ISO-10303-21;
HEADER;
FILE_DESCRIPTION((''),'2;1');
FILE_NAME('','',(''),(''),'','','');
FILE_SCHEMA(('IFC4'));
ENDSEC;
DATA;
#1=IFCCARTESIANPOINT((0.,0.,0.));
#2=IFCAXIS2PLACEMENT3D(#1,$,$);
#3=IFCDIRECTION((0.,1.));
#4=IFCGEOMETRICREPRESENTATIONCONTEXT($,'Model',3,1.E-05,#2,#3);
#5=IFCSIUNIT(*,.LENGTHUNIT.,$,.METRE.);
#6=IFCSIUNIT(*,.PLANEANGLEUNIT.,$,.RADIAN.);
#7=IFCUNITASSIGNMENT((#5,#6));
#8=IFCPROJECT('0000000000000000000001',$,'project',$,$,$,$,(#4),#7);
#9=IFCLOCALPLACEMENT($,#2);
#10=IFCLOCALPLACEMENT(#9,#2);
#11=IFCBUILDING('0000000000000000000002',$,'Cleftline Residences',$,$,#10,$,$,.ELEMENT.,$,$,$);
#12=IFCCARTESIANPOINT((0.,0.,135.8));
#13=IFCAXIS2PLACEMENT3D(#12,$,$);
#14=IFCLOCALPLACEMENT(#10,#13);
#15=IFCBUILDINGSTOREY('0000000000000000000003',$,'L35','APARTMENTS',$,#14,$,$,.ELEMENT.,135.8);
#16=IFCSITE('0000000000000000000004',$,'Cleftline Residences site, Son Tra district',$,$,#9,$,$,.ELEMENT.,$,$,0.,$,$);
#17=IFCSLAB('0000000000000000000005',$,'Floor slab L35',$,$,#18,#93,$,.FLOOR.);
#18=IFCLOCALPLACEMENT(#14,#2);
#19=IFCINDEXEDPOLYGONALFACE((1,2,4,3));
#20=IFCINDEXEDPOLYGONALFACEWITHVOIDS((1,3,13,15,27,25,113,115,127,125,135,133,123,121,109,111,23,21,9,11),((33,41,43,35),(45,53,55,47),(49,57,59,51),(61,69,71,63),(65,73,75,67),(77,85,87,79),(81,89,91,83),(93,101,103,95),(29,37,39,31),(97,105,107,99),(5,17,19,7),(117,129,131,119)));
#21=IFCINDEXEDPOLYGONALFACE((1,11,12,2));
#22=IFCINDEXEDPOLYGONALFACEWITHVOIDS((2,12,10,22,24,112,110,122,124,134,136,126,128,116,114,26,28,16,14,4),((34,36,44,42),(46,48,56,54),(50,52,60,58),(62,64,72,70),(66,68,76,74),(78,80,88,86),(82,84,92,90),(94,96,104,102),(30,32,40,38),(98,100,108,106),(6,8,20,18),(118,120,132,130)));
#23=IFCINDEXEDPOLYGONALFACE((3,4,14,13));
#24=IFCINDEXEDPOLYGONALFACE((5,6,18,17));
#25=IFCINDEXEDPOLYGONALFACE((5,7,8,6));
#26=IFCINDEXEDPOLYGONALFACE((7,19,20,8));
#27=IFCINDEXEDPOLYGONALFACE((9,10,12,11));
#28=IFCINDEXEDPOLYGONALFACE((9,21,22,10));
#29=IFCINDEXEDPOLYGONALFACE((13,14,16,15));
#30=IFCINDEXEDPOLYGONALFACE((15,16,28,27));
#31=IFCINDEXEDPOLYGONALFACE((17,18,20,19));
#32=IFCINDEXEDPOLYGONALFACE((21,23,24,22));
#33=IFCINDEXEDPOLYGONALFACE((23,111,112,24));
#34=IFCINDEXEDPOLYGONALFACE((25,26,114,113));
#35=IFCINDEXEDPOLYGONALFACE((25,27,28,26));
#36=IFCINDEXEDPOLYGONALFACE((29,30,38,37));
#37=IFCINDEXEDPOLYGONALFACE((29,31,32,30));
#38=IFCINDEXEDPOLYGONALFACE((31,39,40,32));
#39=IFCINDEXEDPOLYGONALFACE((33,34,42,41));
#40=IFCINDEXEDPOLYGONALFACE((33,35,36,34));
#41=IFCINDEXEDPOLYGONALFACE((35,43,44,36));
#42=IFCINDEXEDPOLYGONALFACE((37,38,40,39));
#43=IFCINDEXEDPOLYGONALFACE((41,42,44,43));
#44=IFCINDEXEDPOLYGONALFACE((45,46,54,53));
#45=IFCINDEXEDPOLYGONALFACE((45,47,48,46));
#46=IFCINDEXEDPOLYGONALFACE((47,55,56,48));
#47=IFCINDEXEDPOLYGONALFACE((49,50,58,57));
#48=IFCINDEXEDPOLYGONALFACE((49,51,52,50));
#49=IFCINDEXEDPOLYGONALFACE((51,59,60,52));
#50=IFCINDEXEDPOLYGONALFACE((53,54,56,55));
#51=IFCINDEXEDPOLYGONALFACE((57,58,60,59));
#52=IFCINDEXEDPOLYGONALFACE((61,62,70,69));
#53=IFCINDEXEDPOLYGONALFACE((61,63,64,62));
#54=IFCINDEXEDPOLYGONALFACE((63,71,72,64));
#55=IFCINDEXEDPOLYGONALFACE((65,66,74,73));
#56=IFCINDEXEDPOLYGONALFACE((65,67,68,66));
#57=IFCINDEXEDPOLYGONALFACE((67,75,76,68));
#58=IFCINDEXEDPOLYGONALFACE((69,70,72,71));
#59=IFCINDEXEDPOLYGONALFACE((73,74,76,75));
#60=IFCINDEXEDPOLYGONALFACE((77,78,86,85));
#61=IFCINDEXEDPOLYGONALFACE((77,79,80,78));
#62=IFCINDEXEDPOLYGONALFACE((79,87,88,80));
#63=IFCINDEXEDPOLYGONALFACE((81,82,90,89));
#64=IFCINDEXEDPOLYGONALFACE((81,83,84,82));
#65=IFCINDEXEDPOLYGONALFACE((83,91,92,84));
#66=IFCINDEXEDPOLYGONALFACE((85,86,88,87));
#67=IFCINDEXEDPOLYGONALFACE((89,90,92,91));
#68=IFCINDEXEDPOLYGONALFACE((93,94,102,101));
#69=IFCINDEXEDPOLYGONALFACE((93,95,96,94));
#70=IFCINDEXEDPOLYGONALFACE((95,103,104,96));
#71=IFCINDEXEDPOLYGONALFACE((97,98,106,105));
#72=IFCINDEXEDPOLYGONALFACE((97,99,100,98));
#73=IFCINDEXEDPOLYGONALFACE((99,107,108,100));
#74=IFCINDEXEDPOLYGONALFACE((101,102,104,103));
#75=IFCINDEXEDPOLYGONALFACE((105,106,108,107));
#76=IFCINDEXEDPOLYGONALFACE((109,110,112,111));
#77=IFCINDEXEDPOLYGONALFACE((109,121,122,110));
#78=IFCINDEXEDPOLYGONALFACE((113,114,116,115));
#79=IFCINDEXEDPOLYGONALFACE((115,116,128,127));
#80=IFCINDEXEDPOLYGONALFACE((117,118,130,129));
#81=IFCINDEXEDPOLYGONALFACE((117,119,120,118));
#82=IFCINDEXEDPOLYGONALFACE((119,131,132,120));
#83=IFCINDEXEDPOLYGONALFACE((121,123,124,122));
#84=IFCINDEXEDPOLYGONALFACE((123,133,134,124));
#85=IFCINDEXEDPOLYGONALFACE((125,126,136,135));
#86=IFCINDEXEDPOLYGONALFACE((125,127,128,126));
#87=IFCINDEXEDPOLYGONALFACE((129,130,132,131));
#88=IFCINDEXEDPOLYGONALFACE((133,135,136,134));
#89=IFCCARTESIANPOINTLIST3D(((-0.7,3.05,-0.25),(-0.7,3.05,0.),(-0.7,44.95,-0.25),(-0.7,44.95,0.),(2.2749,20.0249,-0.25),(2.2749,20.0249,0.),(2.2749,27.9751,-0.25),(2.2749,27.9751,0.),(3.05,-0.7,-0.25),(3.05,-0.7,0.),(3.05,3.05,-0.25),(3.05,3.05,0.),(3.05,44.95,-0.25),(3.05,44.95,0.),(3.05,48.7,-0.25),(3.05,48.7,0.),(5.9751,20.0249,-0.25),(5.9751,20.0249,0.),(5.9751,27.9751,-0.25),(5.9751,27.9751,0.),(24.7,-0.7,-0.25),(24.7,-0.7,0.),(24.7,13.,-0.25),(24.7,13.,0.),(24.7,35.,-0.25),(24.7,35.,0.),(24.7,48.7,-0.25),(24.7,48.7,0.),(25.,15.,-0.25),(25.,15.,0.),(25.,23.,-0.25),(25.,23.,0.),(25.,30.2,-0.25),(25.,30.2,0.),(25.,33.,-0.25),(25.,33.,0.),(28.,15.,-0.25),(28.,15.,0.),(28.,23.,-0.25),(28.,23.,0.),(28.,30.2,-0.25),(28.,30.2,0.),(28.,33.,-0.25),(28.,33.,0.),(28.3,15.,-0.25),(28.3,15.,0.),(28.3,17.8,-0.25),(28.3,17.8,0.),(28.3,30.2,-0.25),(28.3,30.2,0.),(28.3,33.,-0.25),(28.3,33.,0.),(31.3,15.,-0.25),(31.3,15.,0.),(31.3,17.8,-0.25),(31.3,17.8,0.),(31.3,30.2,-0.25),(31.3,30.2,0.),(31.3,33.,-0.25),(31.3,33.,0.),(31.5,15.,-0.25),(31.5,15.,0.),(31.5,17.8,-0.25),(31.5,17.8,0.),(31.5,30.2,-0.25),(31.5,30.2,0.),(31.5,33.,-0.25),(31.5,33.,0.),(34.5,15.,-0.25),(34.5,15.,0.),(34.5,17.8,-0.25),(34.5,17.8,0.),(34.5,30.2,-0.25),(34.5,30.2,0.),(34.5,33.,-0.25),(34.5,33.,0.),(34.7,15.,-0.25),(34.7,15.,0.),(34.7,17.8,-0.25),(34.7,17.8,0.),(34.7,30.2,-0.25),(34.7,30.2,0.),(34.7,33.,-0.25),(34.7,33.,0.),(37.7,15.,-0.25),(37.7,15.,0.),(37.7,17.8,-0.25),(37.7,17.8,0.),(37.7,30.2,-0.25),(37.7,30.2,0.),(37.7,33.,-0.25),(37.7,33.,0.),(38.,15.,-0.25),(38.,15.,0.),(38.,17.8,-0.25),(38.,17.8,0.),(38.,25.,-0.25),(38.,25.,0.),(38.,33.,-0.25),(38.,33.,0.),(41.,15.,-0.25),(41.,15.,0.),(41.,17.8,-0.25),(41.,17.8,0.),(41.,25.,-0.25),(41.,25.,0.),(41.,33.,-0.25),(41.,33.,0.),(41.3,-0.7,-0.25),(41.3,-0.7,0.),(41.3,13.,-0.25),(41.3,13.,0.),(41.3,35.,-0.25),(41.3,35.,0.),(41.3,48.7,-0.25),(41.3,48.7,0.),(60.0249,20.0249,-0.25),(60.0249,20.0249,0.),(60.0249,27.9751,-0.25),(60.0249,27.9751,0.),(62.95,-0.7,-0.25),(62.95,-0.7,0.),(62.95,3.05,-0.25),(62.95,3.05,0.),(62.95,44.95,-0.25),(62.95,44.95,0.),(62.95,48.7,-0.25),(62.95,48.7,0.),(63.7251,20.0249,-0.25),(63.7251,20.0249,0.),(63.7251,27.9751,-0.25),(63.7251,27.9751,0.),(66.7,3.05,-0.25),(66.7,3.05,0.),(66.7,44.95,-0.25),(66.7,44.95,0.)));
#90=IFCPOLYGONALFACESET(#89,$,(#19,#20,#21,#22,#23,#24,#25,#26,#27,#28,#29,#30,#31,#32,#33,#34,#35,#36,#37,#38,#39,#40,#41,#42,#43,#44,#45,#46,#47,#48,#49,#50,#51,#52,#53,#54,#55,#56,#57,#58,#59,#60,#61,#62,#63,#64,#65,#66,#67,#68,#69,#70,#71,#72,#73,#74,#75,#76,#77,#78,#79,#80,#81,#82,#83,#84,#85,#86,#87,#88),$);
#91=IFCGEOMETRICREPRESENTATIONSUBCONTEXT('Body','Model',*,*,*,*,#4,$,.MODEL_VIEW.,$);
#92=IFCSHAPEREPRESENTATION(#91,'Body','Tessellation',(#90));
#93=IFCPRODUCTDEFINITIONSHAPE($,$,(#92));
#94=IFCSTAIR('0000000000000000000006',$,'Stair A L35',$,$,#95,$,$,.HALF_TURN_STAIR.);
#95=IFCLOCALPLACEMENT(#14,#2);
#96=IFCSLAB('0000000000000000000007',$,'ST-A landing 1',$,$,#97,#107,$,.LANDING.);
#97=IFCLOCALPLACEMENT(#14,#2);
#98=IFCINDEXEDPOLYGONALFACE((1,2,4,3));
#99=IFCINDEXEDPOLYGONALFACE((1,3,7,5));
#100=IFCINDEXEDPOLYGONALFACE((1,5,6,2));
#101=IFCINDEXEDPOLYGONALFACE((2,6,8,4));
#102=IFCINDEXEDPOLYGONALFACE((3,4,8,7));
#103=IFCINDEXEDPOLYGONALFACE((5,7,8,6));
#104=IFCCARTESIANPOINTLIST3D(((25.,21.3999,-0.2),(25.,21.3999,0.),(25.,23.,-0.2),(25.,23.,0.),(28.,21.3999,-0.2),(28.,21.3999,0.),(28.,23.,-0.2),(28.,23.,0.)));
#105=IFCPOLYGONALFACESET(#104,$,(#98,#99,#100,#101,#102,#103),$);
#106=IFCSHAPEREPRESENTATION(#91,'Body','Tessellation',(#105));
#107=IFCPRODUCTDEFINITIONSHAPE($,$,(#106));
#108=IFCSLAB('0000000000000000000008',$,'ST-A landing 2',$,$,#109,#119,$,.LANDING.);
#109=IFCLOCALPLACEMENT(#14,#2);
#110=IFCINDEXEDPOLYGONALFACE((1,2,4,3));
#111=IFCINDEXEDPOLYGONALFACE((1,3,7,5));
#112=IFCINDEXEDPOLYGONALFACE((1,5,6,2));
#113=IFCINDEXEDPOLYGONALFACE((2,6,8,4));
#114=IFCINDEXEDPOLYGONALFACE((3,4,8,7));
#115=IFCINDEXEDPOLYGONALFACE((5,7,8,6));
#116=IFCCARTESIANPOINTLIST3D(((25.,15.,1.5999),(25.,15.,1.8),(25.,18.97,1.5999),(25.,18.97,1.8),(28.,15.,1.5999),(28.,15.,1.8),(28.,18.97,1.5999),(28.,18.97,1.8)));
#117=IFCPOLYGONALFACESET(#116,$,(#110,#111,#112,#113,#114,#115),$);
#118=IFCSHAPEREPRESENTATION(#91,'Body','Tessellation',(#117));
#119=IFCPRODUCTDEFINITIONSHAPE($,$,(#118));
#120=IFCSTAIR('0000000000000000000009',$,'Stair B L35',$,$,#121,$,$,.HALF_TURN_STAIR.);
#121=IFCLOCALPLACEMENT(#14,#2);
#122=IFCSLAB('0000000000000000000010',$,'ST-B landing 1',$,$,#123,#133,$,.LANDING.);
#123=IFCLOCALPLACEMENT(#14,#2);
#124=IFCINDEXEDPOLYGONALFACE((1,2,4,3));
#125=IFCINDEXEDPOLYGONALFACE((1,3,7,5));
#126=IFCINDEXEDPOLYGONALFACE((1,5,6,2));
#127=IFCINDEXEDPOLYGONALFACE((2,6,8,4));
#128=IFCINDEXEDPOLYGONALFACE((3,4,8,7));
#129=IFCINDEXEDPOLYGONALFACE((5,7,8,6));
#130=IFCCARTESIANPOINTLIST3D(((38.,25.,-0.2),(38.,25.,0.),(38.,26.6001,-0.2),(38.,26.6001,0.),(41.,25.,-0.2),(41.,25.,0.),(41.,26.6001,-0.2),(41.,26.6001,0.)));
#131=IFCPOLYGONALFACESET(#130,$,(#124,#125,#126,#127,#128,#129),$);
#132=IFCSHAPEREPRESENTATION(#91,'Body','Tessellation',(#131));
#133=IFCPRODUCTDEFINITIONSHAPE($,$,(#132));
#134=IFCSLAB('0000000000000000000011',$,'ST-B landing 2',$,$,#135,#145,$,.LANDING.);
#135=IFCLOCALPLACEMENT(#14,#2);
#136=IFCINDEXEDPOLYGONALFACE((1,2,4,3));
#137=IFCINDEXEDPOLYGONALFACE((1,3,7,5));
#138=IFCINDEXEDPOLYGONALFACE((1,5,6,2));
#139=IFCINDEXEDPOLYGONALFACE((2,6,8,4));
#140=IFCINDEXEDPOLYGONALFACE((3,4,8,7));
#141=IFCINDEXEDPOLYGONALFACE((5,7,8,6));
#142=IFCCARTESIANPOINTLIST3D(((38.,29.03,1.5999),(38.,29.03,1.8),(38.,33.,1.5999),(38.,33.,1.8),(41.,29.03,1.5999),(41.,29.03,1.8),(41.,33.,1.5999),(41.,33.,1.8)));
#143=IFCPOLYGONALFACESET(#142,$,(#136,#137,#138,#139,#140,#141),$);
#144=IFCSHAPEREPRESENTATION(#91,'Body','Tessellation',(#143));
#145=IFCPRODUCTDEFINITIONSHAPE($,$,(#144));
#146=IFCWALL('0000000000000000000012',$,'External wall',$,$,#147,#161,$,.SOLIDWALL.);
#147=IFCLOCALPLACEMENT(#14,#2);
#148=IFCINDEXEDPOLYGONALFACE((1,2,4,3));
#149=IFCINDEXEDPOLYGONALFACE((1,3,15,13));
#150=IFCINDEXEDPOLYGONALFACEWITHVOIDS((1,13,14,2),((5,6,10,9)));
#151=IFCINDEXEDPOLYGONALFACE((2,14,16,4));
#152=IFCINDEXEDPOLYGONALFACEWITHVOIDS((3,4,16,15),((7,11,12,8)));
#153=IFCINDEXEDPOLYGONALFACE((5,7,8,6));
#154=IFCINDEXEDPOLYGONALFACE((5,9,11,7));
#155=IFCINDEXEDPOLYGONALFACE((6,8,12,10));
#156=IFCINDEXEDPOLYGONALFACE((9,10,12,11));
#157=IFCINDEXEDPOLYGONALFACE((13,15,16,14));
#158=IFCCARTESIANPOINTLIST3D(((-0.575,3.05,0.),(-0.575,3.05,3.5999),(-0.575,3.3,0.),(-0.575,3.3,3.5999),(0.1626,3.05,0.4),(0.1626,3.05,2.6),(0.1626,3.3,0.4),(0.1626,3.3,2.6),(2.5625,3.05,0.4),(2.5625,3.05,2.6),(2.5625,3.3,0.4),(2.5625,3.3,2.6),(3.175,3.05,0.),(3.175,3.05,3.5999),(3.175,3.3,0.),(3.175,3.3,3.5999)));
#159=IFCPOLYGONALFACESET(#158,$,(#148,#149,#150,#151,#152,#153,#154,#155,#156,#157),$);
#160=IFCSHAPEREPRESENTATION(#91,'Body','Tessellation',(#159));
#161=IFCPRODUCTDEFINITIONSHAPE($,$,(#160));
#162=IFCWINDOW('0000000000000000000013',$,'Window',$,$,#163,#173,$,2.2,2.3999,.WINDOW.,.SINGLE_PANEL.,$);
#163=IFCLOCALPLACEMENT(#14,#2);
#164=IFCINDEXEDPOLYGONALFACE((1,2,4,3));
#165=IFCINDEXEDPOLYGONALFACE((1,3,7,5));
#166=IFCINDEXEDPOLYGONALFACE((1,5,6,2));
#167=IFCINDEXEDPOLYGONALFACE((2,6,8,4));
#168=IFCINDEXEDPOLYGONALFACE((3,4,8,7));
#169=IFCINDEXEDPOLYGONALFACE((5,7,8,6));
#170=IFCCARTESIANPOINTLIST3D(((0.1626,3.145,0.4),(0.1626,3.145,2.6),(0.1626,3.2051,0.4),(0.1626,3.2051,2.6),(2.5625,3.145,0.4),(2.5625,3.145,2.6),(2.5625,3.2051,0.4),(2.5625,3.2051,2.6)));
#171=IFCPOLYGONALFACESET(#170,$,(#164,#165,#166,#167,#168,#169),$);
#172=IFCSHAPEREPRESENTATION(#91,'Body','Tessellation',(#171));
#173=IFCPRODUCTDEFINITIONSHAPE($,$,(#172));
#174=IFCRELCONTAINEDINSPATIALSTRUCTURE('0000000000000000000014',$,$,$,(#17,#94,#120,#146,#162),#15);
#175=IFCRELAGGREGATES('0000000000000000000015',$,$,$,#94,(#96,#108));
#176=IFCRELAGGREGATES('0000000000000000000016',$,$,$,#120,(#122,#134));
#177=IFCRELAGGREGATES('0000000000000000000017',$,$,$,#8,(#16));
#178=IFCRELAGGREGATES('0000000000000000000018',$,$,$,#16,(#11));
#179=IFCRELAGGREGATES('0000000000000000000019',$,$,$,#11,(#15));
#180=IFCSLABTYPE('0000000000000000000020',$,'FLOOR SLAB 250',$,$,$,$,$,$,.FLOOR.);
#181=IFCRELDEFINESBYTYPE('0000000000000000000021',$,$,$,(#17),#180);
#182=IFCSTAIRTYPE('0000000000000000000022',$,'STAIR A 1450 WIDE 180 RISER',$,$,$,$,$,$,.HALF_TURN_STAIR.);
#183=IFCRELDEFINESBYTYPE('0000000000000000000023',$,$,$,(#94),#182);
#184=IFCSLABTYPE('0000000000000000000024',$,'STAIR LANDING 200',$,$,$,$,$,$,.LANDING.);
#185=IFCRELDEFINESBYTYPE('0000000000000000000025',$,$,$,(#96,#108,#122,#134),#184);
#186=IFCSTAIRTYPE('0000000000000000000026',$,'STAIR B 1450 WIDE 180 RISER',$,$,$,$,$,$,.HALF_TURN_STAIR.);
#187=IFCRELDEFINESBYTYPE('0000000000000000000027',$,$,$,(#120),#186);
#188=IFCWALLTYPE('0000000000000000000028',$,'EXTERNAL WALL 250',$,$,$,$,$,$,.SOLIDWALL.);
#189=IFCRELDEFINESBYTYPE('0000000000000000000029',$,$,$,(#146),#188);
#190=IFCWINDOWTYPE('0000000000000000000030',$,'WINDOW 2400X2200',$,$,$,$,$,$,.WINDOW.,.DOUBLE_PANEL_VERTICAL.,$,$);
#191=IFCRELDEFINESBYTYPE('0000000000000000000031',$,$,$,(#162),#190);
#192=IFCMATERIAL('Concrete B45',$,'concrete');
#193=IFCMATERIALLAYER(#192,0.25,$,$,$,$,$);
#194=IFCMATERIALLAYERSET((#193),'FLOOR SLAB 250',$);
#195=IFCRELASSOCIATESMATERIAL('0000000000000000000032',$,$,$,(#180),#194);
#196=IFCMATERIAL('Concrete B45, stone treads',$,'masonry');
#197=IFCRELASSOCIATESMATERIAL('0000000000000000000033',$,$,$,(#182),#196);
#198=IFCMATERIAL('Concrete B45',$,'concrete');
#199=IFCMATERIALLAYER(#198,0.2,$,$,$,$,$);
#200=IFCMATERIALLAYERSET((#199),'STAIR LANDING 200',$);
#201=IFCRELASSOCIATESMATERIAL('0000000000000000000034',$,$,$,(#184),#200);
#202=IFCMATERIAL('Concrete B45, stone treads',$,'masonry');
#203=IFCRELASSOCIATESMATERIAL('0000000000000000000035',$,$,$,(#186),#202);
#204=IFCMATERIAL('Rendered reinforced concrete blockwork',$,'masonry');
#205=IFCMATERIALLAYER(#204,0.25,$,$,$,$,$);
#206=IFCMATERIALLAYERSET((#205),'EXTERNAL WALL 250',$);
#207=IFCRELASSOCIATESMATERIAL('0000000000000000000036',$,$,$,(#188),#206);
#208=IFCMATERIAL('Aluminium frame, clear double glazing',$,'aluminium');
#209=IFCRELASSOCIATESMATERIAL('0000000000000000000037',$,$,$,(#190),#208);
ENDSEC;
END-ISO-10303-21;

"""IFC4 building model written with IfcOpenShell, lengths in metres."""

from ifc_helpers import new_model, si_unit, direction, frame, frame_2d, origin, place, context, subcontext, project, spatial, polyline, rectangle, outline, extrude, material, layer, layer_set, type_object, element, fill, aggregate, save


model = new_model("IFC4")

# Units and contexts
model_context = context("Model", 3, precision=1e-05, world=origin(), true_north=direction((0.0, 1.0)))
body_context = subcontext(model_context, "Body", "Model", "MODEL_VIEW")
ifc_project = project(units=[si_unit("LENGTHUNIT", "METRE"), si_unit("PLANEANGLEUNIT", "RADIAN")], contexts=[model_context])

# Site, building, storey
site_placement = place(None, origin())
site = spatial("IfcSite", under=ifc_project, at=site_placement, Name="Cleftline Residences site, Son Tra district", CompositionType="ELEMENT", RefElevation=0.0)
building_placement = place(site_placement, origin())
building = spatial("IfcBuilding", under=site, at=building_placement, Name="Cleftline Residences", CompositionType="ELEMENT")
storey_placement = place(building_placement, frame((0.0, 0.0, 135.8)))
storey = spatial("IfcBuildingStorey", under=building, at=storey_placement, Name="L35", Description="APARTMENTS", CompositionType="ELEMENT", Elevation=135.8)

# Slab
ifc_material_1 = material(Name="Concrete B45", Category="concrete")
ifc_layer_1 = layer(ifc_material_1, 0.25)
ifc_layer_set_1 = layer_set([ifc_layer_1], Name="FLOOR SLAB 250")
slab_type_1 = type_object("IfcSlabType", Name="FLOOR SLAB 250", PredefinedType="FLOOR", material=ifc_layer_set_1)
slab_1_placement = place(storey_placement, frame((0.0, 0.0, -0.25)))
element("IfcSlab", 1, at=slab_1_placement, inside=storey, type_object=slab_type_1, Name="Floor slab L35", PredefinedType="FLOOR", context=body_context, shape_type="SweptSolid", body=[
    extrude(outline(polyline([(24.7, 13.0), (41.3, 13.0), (41.3, -0.7), (62.95, -0.7), (62.95, 3.05), (66.7, 3.05), (66.7, 44.95), (62.95, 44.95), (62.95, 48.7), (41.3, 48.7), (41.3, 35.0), (24.7, 35.0), (24.7, 48.7), (3.05, 48.7), (3.05, 44.95), (-0.7, 44.95), (-0.7, 3.05), (3.05, 3.05), (3.05, -0.7), (24.7, -0.7), (24.7, 13.0)]), holes=[polyline([(28.0, 15.0), (28.0, 23.0), (25.0, 23.0), (25.0, 15.0), (28.0, 15.0)]), polyline([(41.0, 25.0), (41.0, 33.0), (38.0, 33.0), (38.0, 25.0), (41.0, 25.0)]), polyline([(28.0, 30.2), (28.0, 33.0), (25.0, 33.0), (25.0, 30.2), (28.0, 30.2)]), polyline([(41.0, 15.0), (41.0, 17.8), (38.0, 17.8), (38.0, 15.0), (41.0, 15.0)]), polyline([(31.3, 15.0), (31.3, 17.8), (28.3, 17.8), (28.3, 15.0), (31.3, 15.0)]), polyline([(34.5, 15.0), (34.5, 17.8), (31.5, 17.8), (31.5, 15.0), (34.5, 15.0)]), polyline([(37.7, 15.0), (37.7, 17.8), (34.7, 17.8), (34.7, 15.0), (37.7, 15.0)]), polyline([(31.3, 30.2), (31.3, 33.0), (28.3, 33.0), (28.3, 30.2), (31.3, 30.2)]), polyline([(34.5, 30.2), (34.5, 33.0), (31.5, 33.0), (31.5, 30.2), (34.5, 30.2)]), polyline([(37.7, 30.2), (37.7, 33.0), (34.7, 33.0), (34.7, 30.2), (37.7, 30.2)]), polyline([(63.7251, 20.0249), (63.7251, 27.9751), (60.0249, 27.9751), (60.0249, 20.0249), (63.7251, 20.0249)]), polyline([(5.9751, 20.0249), (5.9751, 27.9751), (2.2749, 27.9751), (2.2749, 20.0249), (5.9751, 20.0249)])]), origin(), (0.0, 0.0, 1.0), 0.25),
])

# Stairs, slabs
ifc_material_2 = material(Name="Concrete B45, stone treads", Category="masonry")
stair_type_1 = type_object("IfcStairType", Name="STAIR A 1450 WIDE 180 RISER", PredefinedType="HALF_TURN_STAIR", material=ifc_material_2)
stair_1_placement = place(storey_placement, origin())
stair_1 = element("IfcStair", 2, at=stair_1_placement, inside=storey, type_object=stair_type_1, Name="Stair A L35", PredefinedType="HALF_TURN_STAIR")
ifc_material_3 = material(Name="Concrete B45", Category="concrete")
ifc_layer_2 = layer(ifc_material_3, 0.2)
ifc_layer_set_2 = layer_set([ifc_layer_2], Name="STAIR LANDING 200")
slab_type_2 = type_object("IfcSlabType", Name="STAIR LANDING 200", PredefinedType="LANDING", material=ifc_layer_set_2)
slab_2_placement = place(storey_placement, frame((0.0, 0.0, -0.2)))
slab_2 = element("IfcSlab", 3, at=slab_2_placement, type_object=slab_type_2, Name="ST-A landing 1", PredefinedType="LANDING", context=body_context, shape_type="SweptSolid", body=[
    extrude(outline(polyline([(25.0, 21.3999), (28.0, 21.3999), (28.0, 23.0), (25.0, 23.0), (25.0, 21.3999)])), origin(), (0.0, 0.0, 1.0), 0.2),
])
slab_3_placement = place(storey_placement, frame((0.0, 0.0, 1.5999)))
slab_3 = element("IfcSlab", 4, at=slab_3_placement, type_object=slab_type_2, Name="ST-A landing 2", PredefinedType="LANDING", context=body_context, shape_type="SweptSolid", body=[
    extrude(outline(polyline([(25.0, 15.0), (28.0, 15.0), (28.0, 18.97), (25.0, 18.97), (25.0, 15.0)])), origin(), (0.0, 0.0, 1.0), 0.2002),
])
aggregate(stair_1, [slab_2, slab_3])
ifc_material_4 = material(Name="Concrete B45, stone treads", Category="masonry")
stair_type_2 = type_object("IfcStairType", Name="STAIR B 1450 WIDE 180 RISER", PredefinedType="HALF_TURN_STAIR", material=ifc_material_4)
stair_2_placement = place(storey_placement, origin())
stair_2 = element("IfcStair", 5, at=stair_2_placement, inside=storey, type_object=stair_type_2, Name="Stair B L35", PredefinedType="HALF_TURN_STAIR")
slab_4_placement = place(storey_placement, frame((0.0, 0.0, -0.2)))
slab_4 = element("IfcSlab", 6, at=slab_4_placement, type_object=slab_type_2, Name="ST-B landing 1", PredefinedType="LANDING", context=body_context, shape_type="SweptSolid", body=[
    extrude(outline(polyline([(38.0, 25.0), (41.0, 25.0), (41.0, 26.6001), (38.0, 26.6001), (38.0, 25.0)])), origin(), (0.0, 0.0, 1.0), 0.2),
])
slab_5_placement = place(storey_placement, frame((0.0, 0.0, 1.5999)))
slab_5 = element("IfcSlab", 7, at=slab_5_placement, type_object=slab_type_2, Name="ST-B landing 2", PredefinedType="LANDING", context=body_context, shape_type="SweptSolid", body=[
    extrude(outline(polyline([(38.0, 29.03), (41.0, 29.03), (41.0, 33.0), (38.0, 33.0), (38.0, 29.03)])), origin(), (0.0, 0.0, 1.0), 0.2002),
])
aggregate(stair_2, [slab_4, slab_5])

# Wall, opening, window
ifc_material_5 = material(Name="Rendered reinforced concrete blockwork", Category="masonry")
ifc_layer_3 = layer(ifc_material_5, 0.25)
ifc_layer_set_3 = layer_set([ifc_layer_3], Name="EXTERNAL WALL 250")
wall_type = type_object("IfcWallType", Name="EXTERNAL WALL 250", PredefinedType="SOLIDWALL", material=ifc_layer_set_3)
wall_placement = place(storey_placement, frame((-0.575, 3.175, 0.0), z_axis=(0.0, 0.0, 1.0), x_axis=(1.0, 0.0, 0.0)))
wall = element("IfcWall", 8, at=wall_placement, inside=storey, type_object=wall_type, Name="External wall", PredefinedType="SOLIDWALL", context=body_context, shape_type="SweptSolid", body=[
    extrude(rectangle(XDim=3.75, YDim=0.25, at=frame_2d((1.875, 0.0))), origin(), (0.0, 0.0, 1.0), 3.5999),
])
opening_placement = place(wall_placement, frame((0.7375, 0.0, 0.3999)))
opening = element("IfcOpeningElement", 9, at=opening_placement, cuts=wall, PredefinedType="OPENING", context=body_context, shape_type="SweptSolid", body=[
    extrude(rectangle(XDim=2.3999, YDim=2.2, at=frame_2d((1.2, 1.1001))), frame((0.0, 0.135, 0.0), z_axis=(0.0, -1.0, 0.0), x_axis=(1.0, 0.0, 0.0)), (0.0, 0.0, 1.0), 0.27),
])
ifc_material_6 = material(Name="Aluminium frame, clear double glazing", Category="aluminium")
window_type = type_object("IfcWindowType", Name="WINDOW 2400X2200", PartitioningType="DOUBLE_PANEL_VERTICAL", PredefinedType="WINDOW", material=ifc_material_6)
window_placement = place(opening_placement, origin())
window = element("IfcWindow", 10, at=window_placement, inside=storey, type_object=window_type, Name="Window", OverallHeight=2.2, OverallWidth=2.3999, PartitioningType="SINGLE_PANEL", PredefinedType="WINDOW", context=body_context, shape_type="SweptSolid", body=[
    extrude(rectangle(XDim=2.3999, YDim=2.2, at=frame_2d((1.2, 1.1001))), frame((0.0, 0.03, 0.0), z_axis=(0.0, -1.0, 0.0), x_axis=(1.0, 0.0, 0.0)), (0.0, 0.0, 1.0), 0.0601),
])
fill(opening, window)

save(model, "model.ifc")
